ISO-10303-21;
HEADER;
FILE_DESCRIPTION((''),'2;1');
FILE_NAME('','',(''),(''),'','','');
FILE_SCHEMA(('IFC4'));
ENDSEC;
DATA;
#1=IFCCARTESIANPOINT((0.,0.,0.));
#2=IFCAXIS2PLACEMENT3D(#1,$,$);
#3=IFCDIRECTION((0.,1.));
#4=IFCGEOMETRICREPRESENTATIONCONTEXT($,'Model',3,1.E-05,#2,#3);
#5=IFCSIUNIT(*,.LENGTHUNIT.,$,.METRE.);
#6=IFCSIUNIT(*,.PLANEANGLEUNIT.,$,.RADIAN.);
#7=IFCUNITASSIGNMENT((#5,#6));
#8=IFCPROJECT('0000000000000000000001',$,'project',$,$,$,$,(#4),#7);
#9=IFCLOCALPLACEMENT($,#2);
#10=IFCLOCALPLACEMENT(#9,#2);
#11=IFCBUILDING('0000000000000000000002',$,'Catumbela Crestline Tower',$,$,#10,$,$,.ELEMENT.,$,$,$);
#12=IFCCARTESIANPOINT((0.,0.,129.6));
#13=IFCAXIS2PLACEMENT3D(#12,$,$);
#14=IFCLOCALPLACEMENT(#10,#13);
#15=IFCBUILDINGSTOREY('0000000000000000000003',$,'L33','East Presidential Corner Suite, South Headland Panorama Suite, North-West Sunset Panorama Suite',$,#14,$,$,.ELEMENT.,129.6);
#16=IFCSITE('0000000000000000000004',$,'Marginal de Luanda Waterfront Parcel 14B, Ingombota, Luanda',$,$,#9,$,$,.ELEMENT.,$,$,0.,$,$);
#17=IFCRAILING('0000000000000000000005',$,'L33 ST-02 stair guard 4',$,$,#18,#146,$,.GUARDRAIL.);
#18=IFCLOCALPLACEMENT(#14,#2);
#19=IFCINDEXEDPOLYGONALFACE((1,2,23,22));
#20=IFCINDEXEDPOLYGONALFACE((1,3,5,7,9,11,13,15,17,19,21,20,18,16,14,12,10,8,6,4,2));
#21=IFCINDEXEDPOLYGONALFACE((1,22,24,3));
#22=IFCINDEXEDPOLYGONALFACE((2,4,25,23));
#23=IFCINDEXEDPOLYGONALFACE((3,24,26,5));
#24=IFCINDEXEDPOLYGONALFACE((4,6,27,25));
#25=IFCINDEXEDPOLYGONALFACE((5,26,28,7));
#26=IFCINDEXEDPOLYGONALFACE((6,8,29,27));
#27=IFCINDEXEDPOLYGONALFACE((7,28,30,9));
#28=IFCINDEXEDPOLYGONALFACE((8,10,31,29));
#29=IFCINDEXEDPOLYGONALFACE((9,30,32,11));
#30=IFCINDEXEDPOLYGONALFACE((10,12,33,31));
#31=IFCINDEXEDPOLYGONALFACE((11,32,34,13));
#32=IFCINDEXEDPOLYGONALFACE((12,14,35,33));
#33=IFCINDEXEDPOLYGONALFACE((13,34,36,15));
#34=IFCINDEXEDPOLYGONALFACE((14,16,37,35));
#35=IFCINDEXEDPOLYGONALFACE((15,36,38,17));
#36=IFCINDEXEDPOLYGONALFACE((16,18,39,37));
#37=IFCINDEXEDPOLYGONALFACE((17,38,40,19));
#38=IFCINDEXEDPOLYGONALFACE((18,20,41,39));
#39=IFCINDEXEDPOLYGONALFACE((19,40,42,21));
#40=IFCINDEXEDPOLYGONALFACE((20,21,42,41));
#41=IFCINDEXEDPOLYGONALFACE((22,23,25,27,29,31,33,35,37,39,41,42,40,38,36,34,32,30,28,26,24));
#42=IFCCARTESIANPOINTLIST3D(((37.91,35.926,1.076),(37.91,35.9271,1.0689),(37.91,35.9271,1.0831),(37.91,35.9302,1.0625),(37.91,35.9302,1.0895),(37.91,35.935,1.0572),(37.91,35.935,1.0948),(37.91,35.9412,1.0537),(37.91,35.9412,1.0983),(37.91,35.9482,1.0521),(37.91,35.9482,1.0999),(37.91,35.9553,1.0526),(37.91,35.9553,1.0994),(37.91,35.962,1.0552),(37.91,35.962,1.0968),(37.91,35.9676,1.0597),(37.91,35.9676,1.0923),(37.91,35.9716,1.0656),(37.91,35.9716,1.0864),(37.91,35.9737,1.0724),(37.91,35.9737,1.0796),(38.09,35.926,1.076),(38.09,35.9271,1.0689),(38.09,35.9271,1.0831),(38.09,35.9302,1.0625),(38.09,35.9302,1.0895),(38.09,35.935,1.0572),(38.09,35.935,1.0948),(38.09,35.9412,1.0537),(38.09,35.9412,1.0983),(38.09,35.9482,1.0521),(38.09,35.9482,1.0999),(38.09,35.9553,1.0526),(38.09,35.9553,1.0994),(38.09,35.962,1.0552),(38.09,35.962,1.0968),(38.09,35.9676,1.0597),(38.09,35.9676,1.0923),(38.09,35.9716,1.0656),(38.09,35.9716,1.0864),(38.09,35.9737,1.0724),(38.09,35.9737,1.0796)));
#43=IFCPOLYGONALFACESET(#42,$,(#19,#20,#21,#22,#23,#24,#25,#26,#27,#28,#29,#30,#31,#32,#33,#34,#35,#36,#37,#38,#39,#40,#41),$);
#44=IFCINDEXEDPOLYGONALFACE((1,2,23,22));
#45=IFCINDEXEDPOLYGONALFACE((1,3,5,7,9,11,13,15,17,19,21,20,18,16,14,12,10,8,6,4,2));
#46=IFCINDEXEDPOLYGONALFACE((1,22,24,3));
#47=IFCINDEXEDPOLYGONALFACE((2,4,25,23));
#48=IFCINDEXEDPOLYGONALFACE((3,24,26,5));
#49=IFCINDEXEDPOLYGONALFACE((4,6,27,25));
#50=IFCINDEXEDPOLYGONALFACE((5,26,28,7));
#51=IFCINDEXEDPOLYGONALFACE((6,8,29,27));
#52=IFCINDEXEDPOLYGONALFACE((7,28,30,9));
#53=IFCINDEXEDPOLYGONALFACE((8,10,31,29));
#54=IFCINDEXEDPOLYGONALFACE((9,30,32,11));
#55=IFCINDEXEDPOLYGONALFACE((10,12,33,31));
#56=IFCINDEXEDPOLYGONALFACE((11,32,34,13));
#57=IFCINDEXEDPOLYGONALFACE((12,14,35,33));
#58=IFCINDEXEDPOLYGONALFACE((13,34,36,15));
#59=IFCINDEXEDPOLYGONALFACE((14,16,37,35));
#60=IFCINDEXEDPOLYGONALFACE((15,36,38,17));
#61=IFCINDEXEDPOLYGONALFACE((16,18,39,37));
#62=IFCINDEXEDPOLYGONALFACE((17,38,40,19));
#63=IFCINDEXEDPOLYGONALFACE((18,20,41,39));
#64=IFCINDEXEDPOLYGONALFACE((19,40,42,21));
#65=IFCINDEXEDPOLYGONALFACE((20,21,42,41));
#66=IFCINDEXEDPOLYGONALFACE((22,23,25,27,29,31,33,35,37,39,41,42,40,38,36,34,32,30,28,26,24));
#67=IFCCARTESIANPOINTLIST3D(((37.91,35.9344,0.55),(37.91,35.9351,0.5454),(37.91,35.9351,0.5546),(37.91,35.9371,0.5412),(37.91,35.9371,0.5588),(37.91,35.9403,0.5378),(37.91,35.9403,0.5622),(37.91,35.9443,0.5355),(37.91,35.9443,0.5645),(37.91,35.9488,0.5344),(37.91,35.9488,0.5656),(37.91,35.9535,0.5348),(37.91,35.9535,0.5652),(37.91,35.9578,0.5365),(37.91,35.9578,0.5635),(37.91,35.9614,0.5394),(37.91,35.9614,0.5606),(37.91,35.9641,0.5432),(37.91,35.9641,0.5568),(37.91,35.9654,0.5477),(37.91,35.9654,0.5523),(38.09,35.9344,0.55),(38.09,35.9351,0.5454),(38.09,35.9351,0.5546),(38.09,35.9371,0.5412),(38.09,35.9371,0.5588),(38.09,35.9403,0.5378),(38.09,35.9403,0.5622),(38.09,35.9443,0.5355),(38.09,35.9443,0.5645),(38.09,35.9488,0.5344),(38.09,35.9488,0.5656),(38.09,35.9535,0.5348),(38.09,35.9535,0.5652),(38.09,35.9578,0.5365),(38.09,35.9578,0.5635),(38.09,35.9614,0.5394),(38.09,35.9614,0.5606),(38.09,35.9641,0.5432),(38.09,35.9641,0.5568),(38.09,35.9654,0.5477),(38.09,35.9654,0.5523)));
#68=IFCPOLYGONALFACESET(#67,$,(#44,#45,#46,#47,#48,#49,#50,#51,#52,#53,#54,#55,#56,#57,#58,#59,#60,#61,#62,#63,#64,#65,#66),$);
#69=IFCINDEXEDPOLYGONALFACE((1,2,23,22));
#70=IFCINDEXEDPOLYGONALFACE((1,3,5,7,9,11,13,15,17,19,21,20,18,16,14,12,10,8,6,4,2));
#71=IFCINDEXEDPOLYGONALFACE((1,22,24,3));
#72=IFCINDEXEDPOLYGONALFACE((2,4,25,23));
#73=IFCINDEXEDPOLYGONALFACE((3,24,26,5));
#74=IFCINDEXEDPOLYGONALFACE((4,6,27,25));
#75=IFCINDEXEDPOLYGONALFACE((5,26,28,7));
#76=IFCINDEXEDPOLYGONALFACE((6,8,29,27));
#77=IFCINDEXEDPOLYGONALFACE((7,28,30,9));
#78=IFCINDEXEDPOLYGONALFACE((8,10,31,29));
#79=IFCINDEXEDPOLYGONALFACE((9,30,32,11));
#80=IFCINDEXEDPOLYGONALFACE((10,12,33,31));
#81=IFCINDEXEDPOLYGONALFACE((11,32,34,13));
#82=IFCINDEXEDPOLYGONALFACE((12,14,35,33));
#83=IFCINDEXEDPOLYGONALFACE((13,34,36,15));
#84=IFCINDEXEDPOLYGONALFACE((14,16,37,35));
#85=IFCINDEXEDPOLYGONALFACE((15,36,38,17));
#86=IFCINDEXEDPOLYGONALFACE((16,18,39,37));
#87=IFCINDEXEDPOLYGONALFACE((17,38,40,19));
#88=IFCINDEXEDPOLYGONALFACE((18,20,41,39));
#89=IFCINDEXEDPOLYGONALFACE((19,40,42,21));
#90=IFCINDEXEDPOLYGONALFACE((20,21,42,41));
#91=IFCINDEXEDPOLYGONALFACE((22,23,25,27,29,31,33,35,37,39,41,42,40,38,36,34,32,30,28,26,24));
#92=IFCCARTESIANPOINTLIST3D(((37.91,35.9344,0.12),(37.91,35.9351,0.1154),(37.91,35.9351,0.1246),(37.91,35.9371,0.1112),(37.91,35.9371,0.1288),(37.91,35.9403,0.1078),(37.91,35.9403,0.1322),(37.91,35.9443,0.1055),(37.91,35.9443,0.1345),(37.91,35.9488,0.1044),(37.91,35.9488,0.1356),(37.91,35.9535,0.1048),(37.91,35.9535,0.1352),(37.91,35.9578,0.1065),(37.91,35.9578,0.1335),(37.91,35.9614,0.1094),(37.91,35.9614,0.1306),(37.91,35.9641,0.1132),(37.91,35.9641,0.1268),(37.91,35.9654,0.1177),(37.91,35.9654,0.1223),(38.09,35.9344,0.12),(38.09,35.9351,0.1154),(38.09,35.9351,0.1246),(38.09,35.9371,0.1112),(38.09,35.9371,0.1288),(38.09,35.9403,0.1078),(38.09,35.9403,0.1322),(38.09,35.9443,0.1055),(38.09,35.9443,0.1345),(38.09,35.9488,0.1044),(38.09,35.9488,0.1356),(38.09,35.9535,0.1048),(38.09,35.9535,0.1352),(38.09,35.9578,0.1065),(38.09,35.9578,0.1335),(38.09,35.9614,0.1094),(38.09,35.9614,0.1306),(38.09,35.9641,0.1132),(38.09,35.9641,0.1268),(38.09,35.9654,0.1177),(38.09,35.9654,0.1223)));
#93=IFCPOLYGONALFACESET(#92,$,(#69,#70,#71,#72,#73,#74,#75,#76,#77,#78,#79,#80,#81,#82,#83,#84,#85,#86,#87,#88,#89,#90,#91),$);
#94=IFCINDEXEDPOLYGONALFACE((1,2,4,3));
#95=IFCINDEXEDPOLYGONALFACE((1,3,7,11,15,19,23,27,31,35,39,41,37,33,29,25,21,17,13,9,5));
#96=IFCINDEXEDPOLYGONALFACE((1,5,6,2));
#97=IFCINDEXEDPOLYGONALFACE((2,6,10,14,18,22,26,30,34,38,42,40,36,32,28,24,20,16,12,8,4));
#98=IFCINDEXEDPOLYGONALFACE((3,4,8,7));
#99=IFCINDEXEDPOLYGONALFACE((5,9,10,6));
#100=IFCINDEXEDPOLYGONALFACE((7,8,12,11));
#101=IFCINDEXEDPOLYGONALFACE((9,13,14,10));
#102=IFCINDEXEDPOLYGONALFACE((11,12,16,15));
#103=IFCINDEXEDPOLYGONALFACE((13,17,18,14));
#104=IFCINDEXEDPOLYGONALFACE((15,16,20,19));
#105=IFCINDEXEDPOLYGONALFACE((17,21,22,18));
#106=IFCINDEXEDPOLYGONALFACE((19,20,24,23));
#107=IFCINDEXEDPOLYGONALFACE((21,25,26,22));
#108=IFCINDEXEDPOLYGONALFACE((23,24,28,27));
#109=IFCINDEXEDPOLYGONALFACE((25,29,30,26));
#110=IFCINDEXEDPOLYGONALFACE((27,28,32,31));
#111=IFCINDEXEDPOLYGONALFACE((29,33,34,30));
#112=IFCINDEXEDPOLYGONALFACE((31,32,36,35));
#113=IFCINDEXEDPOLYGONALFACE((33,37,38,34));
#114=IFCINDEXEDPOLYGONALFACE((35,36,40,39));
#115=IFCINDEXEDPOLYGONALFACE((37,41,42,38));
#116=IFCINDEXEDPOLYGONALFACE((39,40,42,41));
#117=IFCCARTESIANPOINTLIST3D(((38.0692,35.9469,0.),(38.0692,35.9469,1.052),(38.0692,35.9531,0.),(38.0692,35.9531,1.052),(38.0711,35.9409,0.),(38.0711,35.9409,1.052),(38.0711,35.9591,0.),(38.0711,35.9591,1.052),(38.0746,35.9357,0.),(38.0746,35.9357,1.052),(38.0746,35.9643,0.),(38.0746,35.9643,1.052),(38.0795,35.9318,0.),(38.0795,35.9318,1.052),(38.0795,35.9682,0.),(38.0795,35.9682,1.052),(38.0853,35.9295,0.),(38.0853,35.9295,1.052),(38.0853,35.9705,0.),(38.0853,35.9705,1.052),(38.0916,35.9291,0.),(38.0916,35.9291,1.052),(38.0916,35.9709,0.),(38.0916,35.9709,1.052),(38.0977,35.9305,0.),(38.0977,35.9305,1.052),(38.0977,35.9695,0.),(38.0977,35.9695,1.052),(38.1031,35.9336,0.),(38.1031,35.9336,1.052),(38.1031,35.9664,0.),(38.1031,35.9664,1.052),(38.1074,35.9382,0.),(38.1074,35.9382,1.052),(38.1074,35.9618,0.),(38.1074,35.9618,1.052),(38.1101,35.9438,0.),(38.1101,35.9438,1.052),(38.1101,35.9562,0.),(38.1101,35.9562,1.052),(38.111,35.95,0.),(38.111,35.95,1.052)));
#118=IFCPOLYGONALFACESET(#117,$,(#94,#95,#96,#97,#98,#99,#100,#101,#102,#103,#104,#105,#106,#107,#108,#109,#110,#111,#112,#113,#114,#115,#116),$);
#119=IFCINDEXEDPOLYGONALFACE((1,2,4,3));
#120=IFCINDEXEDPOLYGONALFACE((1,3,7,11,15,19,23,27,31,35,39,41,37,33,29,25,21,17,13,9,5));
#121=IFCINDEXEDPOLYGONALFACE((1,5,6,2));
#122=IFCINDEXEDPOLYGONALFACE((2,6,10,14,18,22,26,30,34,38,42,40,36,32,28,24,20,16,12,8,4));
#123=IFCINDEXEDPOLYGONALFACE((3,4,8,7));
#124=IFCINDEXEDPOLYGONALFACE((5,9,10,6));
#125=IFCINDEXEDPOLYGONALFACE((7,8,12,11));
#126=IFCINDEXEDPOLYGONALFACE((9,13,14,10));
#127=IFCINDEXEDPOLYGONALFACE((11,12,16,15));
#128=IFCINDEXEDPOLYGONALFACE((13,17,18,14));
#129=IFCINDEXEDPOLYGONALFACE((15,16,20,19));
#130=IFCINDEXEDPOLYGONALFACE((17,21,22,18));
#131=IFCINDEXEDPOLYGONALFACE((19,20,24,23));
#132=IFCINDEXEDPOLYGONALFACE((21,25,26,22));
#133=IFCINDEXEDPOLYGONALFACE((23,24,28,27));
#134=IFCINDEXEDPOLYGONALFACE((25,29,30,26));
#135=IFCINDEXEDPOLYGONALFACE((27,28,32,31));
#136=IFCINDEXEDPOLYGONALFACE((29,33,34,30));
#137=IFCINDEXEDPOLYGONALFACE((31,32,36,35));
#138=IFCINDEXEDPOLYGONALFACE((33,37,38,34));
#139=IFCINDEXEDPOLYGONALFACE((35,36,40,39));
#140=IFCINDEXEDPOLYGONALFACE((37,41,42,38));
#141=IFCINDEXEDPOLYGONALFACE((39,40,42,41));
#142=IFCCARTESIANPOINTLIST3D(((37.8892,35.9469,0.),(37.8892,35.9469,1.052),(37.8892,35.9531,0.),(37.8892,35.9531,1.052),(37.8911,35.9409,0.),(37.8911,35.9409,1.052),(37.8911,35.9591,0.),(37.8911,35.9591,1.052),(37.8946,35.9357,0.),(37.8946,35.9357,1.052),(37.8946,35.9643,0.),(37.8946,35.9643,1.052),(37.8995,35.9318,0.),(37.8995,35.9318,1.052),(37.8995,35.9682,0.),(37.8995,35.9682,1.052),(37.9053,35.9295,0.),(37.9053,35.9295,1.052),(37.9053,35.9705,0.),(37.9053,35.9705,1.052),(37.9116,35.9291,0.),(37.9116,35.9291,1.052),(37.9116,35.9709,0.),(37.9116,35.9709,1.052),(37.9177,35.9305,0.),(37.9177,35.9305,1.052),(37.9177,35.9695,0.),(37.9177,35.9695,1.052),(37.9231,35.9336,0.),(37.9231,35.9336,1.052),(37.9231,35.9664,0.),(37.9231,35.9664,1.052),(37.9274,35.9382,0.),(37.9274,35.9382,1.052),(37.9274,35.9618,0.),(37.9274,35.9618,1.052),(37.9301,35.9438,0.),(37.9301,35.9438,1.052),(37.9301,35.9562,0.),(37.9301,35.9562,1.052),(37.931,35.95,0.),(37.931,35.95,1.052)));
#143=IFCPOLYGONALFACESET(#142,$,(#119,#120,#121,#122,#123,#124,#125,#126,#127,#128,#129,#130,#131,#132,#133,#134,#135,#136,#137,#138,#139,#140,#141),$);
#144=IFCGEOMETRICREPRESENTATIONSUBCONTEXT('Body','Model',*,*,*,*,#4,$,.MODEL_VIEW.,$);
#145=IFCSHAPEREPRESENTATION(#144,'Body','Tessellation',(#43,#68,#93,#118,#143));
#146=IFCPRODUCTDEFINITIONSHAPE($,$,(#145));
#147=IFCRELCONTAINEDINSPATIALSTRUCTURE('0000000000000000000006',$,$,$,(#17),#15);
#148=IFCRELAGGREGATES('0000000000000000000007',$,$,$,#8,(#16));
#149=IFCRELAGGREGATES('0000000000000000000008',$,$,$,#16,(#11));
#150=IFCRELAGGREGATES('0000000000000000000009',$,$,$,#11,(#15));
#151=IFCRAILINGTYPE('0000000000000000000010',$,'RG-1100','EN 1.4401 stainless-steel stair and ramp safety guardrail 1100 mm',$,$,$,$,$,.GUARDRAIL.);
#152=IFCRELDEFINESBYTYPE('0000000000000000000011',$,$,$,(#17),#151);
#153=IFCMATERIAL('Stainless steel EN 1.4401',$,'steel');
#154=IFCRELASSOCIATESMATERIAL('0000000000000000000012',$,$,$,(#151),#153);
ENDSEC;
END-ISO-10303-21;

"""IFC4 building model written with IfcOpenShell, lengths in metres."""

from ifc_helpers import new_model, si_unit, direction, frame, origin, origin_2d, place, context, subcontext, project, spatial, circle, extrude, material, type_object, element, save


model = new_model("IFC4")

# Units and contexts
model_context = context("Model", 3, precision=1e-05, world=origin(), true_north=direction((0.0, 1.0)))
body_context = subcontext(model_context, "Body", "Model", "MODEL_VIEW")
ifc_project = project(units=[si_unit("LENGTHUNIT", "METRE"), si_unit("PLANEANGLEUNIT", "RADIAN")], contexts=[model_context])

# Site, building, storey
site_placement = place(None, origin())
site = spatial("IfcSite", under=ifc_project, at=site_placement, Name="Marginal de Luanda Waterfront Parcel 14B, Ingombota, Luanda", CompositionType="ELEMENT", RefElevation=0.0)
building_placement = place(site_placement, origin())
building = spatial("IfcBuilding", under=site, at=building_placement, Name="Catumbela Crestline Tower", CompositionType="ELEMENT")
storey_placement = place(building_placement, frame((0.0, 0.0, 129.6)))
storey = spatial("IfcBuildingStorey", under=building, at=storey_placement, Name="L33", Description="East Presidential Corner Suite, South Headland Panorama Suite, North-West Sunset Panorama Suite", CompositionType="ELEMENT", Elevation=129.6)

# Shared definitions
ifc_material_1 = material(Name="Stainless steel EN 1.4401", Category="steel")

# Railing
railing_type_1 = type_object("IfcRailingType", Name="RG-1100", Description="EN 1.4401 stainless-steel stair and ramp safety guardrail 1100 mm", PredefinedType="GUARDRAIL", material=ifc_material_1)
railing_1_placement = place(storey_placement, frame((38.09, 35.95, 0.0)))
element("IfcRailing", 1, at=railing_1_placement, inside=storey, type_object=railing_type_1, Name="L33 ST-02 stair guard 4", PredefinedType="GUARDRAIL", context=body_context, shape_type="SweptSolid", body=[
    extrude(circle(Radius=0.024, at=origin_2d()), frame((0.0, 0.0, 1.076), z_axis=(-1.0, 0.0, 0.0), x_axis=(0.0, -1.0, 0.0)), (0.0, 0.0, 1.0), 0.18),
    extrude(circle(Radius=0.0156, at=origin_2d()), frame((0.0, 0.0, 0.55), z_axis=(-1.0, 0.0, 0.0), x_axis=(0.0, -1.0, 0.0)), (0.0, 0.0, 1.0), 0.18),
    extrude(circle(Radius=0.0156, at=origin_2d()), frame((0.0, 0.0, 0.12), z_axis=(-1.0, 0.0, 0.0), x_axis=(0.0, -1.0, 0.0)), (0.0, 0.0, 1.0), 0.18),
    extrude(circle(Radius=0.021, at=origin_2d()), origin(), (0.0, 0.0, 1.0), 1.052),
    extrude(circle(Radius=0.021, at=origin_2d()), frame((-0.18, 0.0, 0.0)), (0.0, 0.0, 1.0), 1.052),
])

save(model, "model.ifc")
